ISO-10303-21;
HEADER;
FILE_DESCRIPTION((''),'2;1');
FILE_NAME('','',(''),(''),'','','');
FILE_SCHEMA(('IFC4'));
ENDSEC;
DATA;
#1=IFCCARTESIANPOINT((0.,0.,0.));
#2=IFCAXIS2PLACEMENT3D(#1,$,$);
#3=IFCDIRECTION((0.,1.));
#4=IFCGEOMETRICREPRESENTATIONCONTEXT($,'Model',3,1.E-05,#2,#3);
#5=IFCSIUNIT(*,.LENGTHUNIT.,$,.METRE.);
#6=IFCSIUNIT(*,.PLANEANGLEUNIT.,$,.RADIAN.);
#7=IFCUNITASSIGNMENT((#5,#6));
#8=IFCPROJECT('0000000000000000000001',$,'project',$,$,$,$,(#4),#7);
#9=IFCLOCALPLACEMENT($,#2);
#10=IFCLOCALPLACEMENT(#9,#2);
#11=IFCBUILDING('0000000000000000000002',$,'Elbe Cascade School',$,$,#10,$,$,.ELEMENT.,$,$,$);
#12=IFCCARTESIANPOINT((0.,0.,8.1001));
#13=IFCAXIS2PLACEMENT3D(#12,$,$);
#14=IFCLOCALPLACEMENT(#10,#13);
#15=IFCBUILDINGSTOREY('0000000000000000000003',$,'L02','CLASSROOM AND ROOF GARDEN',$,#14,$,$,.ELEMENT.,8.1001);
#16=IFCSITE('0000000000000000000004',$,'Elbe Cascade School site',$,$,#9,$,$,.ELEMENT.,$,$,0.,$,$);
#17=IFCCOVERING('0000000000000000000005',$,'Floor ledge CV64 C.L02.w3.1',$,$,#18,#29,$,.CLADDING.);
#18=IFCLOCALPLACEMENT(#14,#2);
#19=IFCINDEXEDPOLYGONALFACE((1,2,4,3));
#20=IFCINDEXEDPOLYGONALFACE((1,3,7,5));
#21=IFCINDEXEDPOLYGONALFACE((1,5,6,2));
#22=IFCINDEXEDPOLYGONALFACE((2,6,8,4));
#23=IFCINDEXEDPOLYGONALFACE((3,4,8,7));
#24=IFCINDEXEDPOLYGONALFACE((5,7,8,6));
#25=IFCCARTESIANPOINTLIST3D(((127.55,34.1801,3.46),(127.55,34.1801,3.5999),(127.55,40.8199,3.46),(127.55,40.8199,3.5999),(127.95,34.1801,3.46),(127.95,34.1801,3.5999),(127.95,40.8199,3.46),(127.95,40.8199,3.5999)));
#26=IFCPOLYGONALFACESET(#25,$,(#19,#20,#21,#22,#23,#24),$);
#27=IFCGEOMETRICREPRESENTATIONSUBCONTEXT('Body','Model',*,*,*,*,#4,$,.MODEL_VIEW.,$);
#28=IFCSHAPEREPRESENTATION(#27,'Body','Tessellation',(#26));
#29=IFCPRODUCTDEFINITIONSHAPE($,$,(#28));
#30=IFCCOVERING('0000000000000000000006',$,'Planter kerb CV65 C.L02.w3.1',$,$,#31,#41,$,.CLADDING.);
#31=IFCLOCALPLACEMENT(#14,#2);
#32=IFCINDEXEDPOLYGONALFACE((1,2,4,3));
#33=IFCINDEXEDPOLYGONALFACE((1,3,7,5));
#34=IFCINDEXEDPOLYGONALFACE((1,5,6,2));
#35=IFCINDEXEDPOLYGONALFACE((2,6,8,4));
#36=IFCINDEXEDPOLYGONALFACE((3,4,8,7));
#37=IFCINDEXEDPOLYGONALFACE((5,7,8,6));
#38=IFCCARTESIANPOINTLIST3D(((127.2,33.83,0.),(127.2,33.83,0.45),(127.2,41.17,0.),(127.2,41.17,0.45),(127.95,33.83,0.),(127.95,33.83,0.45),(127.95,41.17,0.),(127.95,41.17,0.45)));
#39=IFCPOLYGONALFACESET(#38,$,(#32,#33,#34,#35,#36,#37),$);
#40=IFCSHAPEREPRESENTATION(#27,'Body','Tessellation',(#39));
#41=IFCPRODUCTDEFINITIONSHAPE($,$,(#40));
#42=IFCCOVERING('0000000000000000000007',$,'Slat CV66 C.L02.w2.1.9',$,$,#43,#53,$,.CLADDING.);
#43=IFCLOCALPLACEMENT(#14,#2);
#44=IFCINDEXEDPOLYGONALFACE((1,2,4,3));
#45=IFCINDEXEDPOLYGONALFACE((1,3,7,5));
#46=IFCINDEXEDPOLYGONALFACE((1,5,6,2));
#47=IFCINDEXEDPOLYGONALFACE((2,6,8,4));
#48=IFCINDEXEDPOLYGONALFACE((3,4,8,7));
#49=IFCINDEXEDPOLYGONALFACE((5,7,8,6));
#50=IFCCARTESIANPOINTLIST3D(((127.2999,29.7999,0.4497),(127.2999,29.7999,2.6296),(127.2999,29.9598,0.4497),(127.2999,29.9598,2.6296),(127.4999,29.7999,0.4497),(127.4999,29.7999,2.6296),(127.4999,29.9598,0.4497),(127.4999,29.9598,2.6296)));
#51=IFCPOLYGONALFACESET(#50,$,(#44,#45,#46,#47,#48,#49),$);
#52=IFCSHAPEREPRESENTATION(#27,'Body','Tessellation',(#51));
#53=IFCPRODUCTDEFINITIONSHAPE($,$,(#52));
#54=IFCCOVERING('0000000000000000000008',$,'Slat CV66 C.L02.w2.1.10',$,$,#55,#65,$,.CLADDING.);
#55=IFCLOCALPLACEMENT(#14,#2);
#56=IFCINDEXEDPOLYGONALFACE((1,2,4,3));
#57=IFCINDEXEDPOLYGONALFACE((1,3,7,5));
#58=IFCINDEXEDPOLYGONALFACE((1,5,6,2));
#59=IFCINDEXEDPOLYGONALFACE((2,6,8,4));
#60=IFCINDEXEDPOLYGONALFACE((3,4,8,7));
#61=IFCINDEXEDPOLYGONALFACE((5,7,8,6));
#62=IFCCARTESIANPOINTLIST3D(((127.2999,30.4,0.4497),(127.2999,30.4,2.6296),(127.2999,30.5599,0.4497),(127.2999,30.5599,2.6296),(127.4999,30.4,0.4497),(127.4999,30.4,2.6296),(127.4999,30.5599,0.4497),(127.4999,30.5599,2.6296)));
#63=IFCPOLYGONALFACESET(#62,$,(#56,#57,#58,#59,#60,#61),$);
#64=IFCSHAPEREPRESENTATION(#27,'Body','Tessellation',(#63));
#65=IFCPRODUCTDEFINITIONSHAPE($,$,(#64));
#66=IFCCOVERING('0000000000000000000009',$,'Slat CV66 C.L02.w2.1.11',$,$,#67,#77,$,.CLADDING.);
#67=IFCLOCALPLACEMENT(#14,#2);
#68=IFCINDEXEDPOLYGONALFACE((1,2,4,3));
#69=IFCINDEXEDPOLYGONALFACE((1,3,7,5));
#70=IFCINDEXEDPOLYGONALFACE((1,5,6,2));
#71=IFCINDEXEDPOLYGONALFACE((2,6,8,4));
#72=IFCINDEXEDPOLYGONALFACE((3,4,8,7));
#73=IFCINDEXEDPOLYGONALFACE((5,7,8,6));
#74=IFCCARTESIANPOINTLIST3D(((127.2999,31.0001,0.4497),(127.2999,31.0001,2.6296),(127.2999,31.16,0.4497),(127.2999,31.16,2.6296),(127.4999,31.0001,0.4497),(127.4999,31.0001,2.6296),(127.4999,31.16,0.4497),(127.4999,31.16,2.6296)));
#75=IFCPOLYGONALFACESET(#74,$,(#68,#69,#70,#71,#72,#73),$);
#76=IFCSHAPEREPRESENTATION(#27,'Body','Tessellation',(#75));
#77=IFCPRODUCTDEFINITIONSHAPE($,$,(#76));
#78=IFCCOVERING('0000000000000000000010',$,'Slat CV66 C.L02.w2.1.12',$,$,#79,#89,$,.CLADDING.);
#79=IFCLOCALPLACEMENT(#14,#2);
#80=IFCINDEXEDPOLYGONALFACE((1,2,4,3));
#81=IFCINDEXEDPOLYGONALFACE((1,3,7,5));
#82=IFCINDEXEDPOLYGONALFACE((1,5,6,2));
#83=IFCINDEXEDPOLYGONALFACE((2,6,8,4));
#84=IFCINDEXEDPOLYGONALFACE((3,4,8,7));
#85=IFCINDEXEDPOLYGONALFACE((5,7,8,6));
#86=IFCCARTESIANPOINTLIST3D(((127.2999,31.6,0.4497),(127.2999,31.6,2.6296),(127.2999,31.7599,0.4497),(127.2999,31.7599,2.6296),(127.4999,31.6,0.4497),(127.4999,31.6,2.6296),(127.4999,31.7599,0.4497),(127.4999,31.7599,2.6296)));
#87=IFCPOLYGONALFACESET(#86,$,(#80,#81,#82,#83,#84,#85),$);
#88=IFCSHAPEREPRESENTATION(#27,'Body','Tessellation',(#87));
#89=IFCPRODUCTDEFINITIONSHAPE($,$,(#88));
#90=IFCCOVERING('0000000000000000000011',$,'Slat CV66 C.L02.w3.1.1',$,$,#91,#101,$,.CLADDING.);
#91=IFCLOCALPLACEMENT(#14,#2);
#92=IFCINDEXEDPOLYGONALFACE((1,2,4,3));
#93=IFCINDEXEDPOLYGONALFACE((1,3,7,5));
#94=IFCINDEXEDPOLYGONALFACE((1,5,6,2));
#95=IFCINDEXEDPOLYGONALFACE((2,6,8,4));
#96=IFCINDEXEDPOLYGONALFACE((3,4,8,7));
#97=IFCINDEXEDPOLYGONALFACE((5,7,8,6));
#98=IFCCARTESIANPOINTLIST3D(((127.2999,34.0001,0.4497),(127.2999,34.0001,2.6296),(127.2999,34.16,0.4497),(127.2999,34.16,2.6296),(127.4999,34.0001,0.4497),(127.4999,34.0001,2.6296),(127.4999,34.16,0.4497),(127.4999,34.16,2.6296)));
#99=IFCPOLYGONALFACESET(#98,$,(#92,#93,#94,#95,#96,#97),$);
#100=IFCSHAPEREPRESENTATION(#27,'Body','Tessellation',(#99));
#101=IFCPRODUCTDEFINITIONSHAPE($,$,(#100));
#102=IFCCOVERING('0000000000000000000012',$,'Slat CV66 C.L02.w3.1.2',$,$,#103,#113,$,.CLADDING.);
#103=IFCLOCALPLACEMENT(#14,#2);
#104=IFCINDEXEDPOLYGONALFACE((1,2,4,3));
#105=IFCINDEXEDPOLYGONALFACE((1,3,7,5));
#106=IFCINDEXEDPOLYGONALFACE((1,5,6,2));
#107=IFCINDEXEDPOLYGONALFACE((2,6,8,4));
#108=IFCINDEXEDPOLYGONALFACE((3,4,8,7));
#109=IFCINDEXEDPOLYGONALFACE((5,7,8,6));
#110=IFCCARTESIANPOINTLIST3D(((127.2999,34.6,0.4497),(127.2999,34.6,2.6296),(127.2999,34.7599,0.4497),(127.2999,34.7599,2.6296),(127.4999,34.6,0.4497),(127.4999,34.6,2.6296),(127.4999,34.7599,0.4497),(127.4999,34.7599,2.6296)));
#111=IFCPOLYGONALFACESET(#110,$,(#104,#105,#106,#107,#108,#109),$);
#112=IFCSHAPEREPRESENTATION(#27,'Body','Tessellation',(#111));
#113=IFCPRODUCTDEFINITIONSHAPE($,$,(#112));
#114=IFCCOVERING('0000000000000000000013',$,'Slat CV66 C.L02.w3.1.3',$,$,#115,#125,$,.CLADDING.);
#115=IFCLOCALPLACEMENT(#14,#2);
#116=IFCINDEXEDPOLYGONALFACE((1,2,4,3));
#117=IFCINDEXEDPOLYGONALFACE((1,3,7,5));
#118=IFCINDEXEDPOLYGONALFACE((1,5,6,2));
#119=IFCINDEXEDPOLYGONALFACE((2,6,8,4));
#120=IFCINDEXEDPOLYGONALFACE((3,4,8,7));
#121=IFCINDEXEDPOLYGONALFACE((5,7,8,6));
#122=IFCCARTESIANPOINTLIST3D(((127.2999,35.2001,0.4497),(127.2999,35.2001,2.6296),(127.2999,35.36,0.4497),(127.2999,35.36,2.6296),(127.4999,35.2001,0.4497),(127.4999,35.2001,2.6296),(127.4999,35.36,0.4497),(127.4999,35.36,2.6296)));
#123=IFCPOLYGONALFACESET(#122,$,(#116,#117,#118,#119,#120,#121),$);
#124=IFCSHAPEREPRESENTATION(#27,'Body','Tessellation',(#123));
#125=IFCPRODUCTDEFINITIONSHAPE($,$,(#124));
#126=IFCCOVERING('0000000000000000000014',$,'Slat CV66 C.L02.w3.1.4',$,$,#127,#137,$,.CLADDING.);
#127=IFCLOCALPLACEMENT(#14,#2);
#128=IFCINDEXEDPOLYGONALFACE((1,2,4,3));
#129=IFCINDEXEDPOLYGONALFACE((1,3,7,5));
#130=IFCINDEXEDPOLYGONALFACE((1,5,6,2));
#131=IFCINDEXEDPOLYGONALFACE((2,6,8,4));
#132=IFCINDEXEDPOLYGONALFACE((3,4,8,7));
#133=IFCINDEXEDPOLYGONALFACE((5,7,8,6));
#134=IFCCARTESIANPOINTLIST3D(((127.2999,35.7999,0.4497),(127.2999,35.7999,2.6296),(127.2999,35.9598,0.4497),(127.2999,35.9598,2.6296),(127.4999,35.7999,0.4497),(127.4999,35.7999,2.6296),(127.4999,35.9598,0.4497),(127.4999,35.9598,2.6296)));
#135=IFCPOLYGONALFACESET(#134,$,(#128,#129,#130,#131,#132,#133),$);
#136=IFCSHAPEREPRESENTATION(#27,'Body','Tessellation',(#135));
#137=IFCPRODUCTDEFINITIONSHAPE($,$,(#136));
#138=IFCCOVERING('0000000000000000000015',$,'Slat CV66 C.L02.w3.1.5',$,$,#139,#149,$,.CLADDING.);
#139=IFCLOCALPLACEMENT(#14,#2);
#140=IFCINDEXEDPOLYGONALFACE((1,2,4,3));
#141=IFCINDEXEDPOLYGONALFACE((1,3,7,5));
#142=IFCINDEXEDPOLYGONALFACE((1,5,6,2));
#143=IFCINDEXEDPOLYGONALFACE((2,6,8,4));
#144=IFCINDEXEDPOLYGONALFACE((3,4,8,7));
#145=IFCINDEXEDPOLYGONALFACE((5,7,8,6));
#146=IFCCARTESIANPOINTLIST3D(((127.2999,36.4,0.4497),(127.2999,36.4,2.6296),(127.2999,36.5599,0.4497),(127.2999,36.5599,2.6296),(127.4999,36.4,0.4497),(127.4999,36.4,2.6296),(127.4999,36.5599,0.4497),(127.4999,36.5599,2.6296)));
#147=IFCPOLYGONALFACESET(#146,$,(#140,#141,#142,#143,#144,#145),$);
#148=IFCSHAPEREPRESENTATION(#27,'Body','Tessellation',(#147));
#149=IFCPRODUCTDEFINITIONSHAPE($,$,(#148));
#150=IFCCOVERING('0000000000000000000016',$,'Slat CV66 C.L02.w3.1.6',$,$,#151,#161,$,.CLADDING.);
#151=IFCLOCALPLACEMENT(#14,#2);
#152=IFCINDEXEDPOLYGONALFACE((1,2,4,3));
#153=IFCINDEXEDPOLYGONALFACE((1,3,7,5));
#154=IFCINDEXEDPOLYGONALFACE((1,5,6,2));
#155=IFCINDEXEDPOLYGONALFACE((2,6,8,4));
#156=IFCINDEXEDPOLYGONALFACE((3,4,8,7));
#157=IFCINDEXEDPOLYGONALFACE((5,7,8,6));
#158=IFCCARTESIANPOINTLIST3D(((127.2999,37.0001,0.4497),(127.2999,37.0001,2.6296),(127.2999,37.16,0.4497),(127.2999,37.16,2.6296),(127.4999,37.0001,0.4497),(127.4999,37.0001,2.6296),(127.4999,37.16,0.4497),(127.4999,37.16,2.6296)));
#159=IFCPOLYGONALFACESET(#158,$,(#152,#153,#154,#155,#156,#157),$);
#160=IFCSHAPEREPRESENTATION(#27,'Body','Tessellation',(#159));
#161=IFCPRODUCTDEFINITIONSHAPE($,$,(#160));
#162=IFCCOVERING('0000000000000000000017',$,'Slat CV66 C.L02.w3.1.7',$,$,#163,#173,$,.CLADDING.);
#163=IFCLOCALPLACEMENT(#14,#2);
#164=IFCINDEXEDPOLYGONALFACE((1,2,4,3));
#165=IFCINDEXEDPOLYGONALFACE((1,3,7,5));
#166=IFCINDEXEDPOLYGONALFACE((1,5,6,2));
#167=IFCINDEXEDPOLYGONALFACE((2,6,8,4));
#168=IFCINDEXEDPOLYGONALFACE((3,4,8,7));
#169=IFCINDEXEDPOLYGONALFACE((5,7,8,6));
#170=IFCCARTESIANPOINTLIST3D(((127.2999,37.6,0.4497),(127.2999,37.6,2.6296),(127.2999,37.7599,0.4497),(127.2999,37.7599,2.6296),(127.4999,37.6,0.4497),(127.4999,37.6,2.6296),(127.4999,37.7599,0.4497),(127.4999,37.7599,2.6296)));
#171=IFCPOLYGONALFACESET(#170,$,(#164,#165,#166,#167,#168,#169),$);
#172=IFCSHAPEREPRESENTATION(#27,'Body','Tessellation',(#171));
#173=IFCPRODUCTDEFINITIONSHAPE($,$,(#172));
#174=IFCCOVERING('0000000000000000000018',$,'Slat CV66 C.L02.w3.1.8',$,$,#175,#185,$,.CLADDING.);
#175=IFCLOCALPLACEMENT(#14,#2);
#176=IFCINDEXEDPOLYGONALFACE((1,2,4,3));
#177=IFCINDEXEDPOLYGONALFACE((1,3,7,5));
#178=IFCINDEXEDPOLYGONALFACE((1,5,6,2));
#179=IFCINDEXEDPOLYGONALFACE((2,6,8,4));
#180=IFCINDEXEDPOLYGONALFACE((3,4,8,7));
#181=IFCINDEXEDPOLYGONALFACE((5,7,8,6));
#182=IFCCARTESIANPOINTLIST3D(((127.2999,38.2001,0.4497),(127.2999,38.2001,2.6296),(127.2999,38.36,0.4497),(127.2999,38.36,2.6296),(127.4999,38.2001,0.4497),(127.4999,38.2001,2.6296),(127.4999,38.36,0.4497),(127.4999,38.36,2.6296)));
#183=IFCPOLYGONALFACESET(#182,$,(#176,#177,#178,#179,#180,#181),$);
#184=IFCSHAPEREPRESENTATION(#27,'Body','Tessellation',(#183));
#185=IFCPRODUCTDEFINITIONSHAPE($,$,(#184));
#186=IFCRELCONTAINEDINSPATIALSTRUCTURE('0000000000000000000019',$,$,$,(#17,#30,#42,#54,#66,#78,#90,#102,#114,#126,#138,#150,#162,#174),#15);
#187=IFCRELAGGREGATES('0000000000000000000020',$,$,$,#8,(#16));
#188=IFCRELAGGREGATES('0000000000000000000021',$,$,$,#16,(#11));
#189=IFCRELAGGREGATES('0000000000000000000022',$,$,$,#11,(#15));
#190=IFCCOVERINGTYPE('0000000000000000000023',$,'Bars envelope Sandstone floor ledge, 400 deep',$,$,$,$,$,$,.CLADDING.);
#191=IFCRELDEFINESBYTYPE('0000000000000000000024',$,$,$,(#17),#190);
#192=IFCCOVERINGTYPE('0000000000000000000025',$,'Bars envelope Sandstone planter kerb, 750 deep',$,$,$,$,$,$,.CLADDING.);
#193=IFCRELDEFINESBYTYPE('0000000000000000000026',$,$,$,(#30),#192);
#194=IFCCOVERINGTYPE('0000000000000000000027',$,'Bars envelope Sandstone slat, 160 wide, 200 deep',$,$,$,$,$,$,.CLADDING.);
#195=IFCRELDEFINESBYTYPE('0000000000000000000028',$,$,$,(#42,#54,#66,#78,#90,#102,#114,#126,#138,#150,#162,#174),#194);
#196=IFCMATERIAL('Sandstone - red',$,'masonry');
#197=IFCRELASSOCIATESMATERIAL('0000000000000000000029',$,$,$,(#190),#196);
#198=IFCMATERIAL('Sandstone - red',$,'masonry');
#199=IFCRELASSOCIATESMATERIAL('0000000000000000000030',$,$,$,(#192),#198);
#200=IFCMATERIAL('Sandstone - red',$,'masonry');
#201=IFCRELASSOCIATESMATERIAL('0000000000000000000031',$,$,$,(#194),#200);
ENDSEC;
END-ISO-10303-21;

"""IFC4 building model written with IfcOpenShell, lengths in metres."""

from ifc_helpers import new_model, si_unit, direction, frame, origin, origin_2d, place, context, subcontext, project, spatial, rectangle, extrude, material, type_object, element, save


model = new_model("IFC4")

# Units and contexts
model_context = context("Model", 3, precision=1e-05, world=origin(), true_north=direction((0.0, 1.0)))
body_context = subcontext(model_context, "Body", "Model", "MODEL_VIEW")
ifc_project = project(units=[si_unit("LENGTHUNIT", "METRE"), si_unit("PLANEANGLEUNIT", "RADIAN")], contexts=[model_context])

# Site, building, storey
site_placement = place(None, origin())
site = spatial("IfcSite", under=ifc_project, at=site_placement, Name="Elbe Cascade School site", CompositionType="ELEMENT", RefElevation=0.0)
building_placement = place(site_placement, origin())
building = spatial("IfcBuilding", under=site, at=building_placement, Name="Elbe Cascade School", CompositionType="ELEMENT")
storey_placement = place(building_placement, frame((0.0, 0.0, 8.1001)))
storey = spatial("IfcBuildingStorey", under=building, at=storey_placement, Name="L02", Description="CLASSROOM AND ROOF GARDEN", CompositionType="ELEMENT", Elevation=8.1001)

# Coverings
ifc_material_1 = material(Name="Sandstone - red", Category="masonry")
covering_type_1 = type_object("IfcCoveringType", Name="Bars envelope Sandstone floor ledge, 400 deep", PredefinedType="CLADDING", material=ifc_material_1)
covering_1_placement = place(storey_placement, frame((127.75, 37.5, 3.46), z_axis=(0.0, 0.0, 1.0), x_axis=(0.0, 1.0, 0.0)))
element("IfcCovering", 1, at=covering_1_placement, inside=storey, type_object=covering_type_1, Name="Floor ledge CV64 C.L02.w3.1", PredefinedType="CLADDING", context=body_context, shape_type="SweptSolid", body=[
    extrude(rectangle(XDim=6.6399, YDim=0.3999, at=origin_2d()), origin(), (0.0, 0.0, 1.0), 0.1399),
])
ifc_material_2 = material(Name="Sandstone - red", Category="masonry")
covering_type_2 = type_object("IfcCoveringType", Name="Bars envelope Sandstone planter kerb, 750 deep", PredefinedType="CLADDING", material=ifc_material_2)
covering_2_placement = place(storey_placement, frame((127.575, 37.5, 0.0), z_axis=(0.0, 0.0, 1.0), x_axis=(0.0, 1.0, 0.0)))
element("IfcCovering", 2, at=covering_2_placement, inside=storey, type_object=covering_type_2, Name="Planter kerb CV65 C.L02.w3.1", PredefinedType="CLADDING", context=body_context, shape_type="SweptSolid", body=[
    extrude(rectangle(XDim=7.3401, YDim=0.75, at=origin_2d()), origin(), (0.0, 0.0, 1.0), 0.45),
])
ifc_material_3 = material(Name="Sandstone - red", Category="masonry")
covering_type_3 = type_object("IfcCoveringType", Name="Bars envelope Sandstone slat, 160 wide, 200 deep", PredefinedType="CLADDING", material=ifc_material_3)
for number, where, z_axis, x_axis, name in (
    (3, (127.3999, 29.8799, 0.4497), (0.0, 0.0, 1.0), (0.0, 1.0, 0.0), "Slat CV66 C.L02.w2.1.9"),
    (4, (127.3999, 30.48, 0.4497), (0.0, 0.0, 1.0), (0.0, 1.0, 0.0), "Slat CV66 C.L02.w2.1.10"),
    (5, (127.3999, 31.0801, 0.4497), (0.0, 0.0, 1.0), (0.0, 1.0, 0.0), "Slat CV66 C.L02.w2.1.11"),
    (6, (127.3999, 31.6799, 0.4497), (0.0, 0.0, 1.0), (0.0, 1.0, 0.0), "Slat CV66 C.L02.w2.1.12"),
    (7, (127.3999, 34.0801, 0.4497), (0.0, 0.0, 1.0), (0.0, 1.0, 0.0), "Slat CV66 C.L02.w3.1.1"),
    (8, (127.3999, 34.6799, 0.4497), (0.0, 0.0, 1.0), (0.0, 1.0, 0.0), "Slat CV66 C.L02.w3.1.2"),
    (9, (127.3999, 35.28, 0.4497), (0.0, 0.0, 1.0), (0.0, 1.0, 0.0), "Slat CV66 C.L02.w3.1.3"),
    (10, (127.3999, 35.8799, 0.4497), (0.0, 0.0, 1.0), (0.0, 1.0, 0.0), "Slat CV66 C.L02.w3.1.4"),
    (11, (127.3999, 36.48, 0.4497), (0.0, 0.0, 1.0), (0.0, 1.0, 0.0), "Slat CV66 C.L02.w3.1.5"),
    (12, (127.3999, 37.0801, 0.4497), (0.0, 0.0, 1.0), (0.0, 1.0, 0.0), "Slat CV66 C.L02.w3.1.6"),
    (13, (127.3999, 37.6799, 0.4497), (0.0, 0.0, 1.0), (0.0, 1.0, 0.0), "Slat CV66 C.L02.w3.1.7"),
    (14, (127.3999, 38.28, 0.4497), (0.0, 0.0, 1.0), (0.0, 1.0, 0.0), "Slat CV66 C.L02.w3.1.8"),
):
    element("IfcCovering", number, at=place(storey_placement, frame(where, z_axis=z_axis, x_axis=x_axis)), inside=storey, type_object=covering_type_3, Name=name, PredefinedType="CLADDING", context=body_context, shape_type="SweptSolid", body=[
        extrude(rectangle(XDim=0.1599, YDim=0.2, at=origin_2d()), origin(), (0.0, 0.0, 1.0), 2.1799),
    ])

save(model, "model.ifc")
